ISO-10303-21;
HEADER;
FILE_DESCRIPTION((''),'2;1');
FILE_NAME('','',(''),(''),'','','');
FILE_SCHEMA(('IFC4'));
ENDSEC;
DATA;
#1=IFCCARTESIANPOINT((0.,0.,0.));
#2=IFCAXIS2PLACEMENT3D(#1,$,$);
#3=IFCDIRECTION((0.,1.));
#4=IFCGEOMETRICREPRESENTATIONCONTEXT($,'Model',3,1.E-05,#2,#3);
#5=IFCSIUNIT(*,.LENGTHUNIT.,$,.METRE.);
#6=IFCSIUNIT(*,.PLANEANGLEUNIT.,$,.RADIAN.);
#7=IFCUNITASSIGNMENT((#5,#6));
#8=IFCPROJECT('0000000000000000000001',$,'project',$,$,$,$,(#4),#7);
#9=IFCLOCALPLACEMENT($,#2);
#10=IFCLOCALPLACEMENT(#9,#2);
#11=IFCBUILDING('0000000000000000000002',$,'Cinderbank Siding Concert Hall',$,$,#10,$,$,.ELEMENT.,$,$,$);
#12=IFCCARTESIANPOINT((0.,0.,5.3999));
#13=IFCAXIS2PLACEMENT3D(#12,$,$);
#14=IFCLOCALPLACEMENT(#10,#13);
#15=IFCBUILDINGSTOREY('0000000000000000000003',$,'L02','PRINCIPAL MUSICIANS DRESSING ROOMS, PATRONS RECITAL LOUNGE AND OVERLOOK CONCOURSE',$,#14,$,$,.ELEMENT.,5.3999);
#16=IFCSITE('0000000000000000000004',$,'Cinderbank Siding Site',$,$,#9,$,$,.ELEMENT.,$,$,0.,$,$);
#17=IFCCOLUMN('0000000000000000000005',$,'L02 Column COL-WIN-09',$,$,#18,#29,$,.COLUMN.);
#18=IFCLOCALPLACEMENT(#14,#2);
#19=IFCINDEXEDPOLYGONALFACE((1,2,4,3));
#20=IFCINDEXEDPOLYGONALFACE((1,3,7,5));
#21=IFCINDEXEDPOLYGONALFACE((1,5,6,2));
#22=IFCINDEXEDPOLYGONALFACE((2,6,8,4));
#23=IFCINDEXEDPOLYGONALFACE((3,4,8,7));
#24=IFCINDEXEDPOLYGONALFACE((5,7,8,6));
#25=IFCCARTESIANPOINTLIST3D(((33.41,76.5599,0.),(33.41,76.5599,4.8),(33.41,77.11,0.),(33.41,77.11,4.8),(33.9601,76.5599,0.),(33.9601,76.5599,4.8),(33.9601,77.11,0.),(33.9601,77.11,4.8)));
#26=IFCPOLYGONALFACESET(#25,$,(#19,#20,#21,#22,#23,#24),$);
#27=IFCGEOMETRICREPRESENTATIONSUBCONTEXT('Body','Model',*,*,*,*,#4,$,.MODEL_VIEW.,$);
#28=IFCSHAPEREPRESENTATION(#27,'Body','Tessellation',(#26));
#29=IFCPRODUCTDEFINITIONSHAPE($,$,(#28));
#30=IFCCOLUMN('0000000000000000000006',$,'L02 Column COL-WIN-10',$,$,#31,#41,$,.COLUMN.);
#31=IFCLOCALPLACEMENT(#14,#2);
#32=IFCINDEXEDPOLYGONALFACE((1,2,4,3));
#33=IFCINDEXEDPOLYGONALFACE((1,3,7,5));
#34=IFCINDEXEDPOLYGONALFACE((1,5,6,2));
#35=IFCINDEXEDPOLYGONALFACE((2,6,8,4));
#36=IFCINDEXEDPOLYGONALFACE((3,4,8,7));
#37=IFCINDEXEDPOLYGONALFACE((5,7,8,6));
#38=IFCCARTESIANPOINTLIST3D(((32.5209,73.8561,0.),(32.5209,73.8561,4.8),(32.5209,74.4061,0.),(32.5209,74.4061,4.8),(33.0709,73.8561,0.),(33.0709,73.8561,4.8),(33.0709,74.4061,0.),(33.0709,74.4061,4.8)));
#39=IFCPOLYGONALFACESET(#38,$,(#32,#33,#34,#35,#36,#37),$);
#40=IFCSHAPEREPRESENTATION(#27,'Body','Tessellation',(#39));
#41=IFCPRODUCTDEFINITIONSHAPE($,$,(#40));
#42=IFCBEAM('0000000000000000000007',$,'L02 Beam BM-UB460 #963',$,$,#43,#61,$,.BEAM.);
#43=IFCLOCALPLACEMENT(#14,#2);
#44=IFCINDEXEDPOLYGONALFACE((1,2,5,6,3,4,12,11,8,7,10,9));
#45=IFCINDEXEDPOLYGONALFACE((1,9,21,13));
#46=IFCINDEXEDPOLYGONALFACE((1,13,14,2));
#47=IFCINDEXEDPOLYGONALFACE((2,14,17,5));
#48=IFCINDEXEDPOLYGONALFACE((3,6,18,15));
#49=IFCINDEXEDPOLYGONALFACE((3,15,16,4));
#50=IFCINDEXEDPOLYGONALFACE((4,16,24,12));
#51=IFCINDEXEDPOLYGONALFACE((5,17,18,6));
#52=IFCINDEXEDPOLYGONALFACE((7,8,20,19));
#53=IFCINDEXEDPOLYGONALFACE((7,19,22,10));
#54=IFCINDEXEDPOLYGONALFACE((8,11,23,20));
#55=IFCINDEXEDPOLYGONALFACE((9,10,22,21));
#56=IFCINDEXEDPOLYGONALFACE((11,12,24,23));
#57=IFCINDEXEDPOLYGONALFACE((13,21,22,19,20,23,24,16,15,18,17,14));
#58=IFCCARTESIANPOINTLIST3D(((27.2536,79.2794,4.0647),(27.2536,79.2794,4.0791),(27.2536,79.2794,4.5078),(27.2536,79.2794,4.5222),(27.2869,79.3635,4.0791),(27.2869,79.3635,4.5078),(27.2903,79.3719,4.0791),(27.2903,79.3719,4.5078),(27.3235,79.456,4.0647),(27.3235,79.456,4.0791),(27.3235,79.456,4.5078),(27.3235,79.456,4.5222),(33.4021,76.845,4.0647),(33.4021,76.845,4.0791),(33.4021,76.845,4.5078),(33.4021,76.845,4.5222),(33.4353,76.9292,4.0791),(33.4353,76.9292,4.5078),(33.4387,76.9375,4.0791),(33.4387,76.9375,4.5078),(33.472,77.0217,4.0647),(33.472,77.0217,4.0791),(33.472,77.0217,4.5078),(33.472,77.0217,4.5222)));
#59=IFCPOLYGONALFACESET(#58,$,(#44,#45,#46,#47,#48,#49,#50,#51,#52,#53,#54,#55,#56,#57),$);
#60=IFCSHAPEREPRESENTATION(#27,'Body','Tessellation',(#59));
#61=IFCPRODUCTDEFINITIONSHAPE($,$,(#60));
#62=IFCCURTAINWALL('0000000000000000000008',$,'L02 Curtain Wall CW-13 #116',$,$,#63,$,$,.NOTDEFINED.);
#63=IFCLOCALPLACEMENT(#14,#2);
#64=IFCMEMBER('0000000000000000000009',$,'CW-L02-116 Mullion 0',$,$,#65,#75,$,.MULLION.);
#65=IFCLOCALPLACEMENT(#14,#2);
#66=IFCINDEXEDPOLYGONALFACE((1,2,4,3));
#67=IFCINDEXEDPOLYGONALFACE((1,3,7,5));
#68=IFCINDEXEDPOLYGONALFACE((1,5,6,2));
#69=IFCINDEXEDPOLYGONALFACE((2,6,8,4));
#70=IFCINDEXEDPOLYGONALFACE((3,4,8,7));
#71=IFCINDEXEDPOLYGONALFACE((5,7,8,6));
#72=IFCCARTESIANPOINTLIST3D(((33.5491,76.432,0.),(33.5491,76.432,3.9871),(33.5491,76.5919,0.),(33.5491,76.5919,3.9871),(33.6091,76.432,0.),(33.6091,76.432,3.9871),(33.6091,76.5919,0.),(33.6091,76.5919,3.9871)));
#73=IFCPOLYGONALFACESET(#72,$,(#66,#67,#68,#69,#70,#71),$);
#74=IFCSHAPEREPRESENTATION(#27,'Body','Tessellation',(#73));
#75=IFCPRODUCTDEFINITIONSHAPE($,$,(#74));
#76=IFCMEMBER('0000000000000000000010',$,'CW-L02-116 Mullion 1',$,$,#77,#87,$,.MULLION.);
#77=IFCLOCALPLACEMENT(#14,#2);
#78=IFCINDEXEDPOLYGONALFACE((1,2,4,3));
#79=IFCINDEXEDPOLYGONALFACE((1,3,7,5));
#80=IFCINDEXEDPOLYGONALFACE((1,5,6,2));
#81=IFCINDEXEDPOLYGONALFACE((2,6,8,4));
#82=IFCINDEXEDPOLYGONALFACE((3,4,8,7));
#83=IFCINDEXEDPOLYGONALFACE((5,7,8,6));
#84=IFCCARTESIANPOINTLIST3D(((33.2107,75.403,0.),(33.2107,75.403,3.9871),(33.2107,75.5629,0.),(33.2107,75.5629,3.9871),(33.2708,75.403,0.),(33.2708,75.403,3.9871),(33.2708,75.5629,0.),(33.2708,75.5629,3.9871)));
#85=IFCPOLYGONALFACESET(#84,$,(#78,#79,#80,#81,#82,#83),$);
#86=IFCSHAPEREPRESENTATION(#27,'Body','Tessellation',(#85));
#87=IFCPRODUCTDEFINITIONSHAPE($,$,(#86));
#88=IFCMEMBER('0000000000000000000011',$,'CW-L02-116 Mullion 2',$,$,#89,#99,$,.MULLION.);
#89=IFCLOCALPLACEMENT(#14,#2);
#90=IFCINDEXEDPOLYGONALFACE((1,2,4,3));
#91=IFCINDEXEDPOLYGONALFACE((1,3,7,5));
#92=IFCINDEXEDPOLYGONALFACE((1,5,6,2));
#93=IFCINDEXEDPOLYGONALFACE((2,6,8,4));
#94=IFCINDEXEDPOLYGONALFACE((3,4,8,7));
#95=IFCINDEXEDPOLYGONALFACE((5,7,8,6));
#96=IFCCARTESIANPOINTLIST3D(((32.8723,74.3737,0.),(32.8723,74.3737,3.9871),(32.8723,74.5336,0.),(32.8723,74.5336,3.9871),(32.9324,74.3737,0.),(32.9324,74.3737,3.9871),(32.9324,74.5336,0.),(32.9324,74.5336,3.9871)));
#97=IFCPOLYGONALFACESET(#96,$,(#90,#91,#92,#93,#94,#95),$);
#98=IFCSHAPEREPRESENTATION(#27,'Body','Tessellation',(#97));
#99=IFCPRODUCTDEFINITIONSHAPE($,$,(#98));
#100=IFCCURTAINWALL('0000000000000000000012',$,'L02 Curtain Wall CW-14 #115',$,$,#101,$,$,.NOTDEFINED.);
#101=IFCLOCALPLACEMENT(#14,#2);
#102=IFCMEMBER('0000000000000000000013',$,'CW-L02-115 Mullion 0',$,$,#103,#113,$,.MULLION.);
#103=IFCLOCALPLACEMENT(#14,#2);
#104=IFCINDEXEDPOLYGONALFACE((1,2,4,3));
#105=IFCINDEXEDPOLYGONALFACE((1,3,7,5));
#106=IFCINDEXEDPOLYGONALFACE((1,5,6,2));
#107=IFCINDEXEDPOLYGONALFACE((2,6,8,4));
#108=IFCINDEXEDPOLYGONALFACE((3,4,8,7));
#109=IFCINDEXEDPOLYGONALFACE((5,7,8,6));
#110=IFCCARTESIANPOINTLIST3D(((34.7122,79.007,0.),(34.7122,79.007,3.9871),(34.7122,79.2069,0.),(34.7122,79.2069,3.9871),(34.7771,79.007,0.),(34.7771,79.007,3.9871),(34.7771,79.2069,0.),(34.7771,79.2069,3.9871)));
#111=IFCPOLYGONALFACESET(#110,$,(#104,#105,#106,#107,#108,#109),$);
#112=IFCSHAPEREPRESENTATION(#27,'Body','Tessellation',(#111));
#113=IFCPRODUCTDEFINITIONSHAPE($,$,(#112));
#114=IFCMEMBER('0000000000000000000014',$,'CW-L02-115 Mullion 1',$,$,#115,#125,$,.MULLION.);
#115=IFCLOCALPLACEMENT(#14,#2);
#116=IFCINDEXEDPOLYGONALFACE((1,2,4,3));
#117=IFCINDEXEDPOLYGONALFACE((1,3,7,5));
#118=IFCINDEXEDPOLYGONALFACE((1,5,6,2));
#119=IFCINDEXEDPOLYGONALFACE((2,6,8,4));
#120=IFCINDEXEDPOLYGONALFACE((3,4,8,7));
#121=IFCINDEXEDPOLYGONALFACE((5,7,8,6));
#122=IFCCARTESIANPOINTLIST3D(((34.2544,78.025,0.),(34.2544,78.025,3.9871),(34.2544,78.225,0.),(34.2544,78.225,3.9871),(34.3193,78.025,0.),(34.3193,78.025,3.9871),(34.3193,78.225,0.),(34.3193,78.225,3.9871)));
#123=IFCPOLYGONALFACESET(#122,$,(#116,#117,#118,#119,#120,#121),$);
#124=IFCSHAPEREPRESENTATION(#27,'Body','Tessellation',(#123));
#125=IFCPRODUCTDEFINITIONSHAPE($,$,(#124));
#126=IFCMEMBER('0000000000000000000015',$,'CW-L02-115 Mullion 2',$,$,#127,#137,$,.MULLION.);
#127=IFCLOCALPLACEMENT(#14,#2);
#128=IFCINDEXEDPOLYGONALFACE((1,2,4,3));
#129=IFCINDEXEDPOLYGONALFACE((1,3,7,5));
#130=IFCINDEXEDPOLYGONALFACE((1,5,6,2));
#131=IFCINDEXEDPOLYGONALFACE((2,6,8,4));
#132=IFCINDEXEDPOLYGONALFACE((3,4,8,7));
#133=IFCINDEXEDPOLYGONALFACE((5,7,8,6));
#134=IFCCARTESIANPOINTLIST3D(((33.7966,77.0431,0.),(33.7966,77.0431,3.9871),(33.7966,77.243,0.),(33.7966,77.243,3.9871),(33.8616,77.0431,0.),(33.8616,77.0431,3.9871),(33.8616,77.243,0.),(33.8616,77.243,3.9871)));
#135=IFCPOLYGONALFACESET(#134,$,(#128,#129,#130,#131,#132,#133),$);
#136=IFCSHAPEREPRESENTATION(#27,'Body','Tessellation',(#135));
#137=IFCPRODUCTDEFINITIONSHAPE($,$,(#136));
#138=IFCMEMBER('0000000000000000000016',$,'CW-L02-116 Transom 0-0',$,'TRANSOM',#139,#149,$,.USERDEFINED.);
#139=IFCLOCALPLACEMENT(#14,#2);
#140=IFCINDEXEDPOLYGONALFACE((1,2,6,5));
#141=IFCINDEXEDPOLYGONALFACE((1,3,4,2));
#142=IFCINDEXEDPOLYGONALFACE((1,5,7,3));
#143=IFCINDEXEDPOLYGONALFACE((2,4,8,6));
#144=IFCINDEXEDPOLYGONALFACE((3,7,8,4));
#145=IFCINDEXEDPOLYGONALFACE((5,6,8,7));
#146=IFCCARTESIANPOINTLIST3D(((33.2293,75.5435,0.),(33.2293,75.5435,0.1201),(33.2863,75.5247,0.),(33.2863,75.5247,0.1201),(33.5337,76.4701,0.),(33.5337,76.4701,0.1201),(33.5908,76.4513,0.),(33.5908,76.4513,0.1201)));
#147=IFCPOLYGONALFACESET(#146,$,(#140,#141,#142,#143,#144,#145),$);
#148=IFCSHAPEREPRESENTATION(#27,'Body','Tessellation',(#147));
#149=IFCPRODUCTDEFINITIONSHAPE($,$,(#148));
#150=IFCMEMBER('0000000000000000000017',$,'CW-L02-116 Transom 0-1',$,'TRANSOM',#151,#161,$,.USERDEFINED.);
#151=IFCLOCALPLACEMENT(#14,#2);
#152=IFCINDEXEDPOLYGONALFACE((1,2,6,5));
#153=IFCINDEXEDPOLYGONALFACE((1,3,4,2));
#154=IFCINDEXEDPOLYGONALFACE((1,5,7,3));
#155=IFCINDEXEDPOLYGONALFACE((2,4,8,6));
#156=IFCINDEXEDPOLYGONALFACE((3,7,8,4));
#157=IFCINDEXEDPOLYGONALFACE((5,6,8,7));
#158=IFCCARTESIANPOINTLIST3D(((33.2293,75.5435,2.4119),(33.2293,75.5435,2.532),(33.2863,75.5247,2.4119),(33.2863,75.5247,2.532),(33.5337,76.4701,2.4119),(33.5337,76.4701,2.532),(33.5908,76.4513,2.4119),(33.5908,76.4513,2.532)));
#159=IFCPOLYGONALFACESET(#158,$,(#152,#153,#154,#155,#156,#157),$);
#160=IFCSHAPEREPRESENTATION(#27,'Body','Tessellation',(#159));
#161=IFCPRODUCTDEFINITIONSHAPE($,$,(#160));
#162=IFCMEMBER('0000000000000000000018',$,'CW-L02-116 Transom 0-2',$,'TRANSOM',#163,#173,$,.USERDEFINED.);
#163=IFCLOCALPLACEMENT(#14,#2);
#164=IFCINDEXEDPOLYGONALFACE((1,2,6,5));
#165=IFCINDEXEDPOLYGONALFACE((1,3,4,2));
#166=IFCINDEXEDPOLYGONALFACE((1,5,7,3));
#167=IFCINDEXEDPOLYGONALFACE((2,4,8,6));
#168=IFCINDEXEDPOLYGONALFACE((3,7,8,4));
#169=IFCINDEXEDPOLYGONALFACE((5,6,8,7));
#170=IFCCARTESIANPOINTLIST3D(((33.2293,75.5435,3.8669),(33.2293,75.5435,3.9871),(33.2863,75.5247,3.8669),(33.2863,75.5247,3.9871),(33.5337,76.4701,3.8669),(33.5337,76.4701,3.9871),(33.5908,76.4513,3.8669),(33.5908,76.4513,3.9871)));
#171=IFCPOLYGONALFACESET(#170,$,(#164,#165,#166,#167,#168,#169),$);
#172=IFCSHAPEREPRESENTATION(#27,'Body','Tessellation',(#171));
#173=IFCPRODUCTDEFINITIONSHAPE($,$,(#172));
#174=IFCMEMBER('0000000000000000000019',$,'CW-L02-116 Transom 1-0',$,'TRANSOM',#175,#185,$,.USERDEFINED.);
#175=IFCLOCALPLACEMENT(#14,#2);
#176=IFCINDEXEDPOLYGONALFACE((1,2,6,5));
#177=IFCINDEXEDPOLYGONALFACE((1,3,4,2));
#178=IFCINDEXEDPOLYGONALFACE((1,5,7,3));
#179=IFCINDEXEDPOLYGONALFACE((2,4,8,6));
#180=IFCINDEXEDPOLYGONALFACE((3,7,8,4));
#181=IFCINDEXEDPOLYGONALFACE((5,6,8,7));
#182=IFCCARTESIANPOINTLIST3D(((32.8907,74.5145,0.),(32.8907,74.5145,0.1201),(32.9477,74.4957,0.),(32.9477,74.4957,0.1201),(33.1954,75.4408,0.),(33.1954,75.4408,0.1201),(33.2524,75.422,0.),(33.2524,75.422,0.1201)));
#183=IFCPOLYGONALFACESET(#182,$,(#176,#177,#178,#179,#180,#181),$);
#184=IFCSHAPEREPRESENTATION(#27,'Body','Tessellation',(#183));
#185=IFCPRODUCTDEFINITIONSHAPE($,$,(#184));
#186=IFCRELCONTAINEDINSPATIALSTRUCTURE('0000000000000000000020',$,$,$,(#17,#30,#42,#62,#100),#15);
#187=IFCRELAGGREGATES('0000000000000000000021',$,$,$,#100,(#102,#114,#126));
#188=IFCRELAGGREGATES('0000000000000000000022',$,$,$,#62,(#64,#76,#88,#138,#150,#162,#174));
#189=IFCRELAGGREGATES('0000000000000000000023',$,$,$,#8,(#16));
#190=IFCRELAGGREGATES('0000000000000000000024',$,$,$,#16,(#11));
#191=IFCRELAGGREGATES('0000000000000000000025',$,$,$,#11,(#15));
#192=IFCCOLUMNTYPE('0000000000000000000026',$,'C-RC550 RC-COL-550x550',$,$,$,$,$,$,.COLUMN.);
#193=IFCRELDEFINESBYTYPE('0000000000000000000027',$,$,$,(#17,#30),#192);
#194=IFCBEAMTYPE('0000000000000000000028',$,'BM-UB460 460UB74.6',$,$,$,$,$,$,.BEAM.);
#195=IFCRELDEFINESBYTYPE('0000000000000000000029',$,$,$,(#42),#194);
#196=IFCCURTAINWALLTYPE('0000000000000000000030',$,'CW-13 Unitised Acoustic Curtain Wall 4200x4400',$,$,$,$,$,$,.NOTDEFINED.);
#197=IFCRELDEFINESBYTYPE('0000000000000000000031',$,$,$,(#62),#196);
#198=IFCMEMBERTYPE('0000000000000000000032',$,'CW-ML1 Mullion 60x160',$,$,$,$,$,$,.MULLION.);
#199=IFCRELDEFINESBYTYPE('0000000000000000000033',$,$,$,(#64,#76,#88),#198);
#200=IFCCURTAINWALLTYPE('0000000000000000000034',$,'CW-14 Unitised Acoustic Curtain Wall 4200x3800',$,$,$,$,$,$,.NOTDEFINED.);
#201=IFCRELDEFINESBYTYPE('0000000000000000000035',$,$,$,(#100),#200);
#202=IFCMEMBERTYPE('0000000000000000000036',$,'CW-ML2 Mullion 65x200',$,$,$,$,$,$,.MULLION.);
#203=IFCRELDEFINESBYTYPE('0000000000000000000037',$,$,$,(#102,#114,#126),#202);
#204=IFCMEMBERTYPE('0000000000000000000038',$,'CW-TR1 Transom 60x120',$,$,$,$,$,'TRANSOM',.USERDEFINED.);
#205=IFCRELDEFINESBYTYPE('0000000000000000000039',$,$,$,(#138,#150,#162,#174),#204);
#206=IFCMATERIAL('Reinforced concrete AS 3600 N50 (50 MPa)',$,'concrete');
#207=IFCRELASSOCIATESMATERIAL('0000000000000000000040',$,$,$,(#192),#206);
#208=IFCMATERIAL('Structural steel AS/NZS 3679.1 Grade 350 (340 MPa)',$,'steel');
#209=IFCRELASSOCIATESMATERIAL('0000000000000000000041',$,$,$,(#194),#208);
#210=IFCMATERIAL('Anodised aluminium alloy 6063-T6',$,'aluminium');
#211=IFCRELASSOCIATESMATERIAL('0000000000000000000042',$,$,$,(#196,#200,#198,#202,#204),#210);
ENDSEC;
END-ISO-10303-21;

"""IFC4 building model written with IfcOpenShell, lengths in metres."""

from ifc_helpers import new_model, si_unit, direction, frame, origin, origin_2d, place, context, subcontext, project, spatial, rectangle, i_section, extrude, material, material_profile, profile_set, type_object, element, aggregate, save


model = new_model("IFC4")

# Units and contexts
model_context = context("Model", 3, precision=1e-05, world=origin(), true_north=direction((0.0, 1.0)))
body_context = subcontext(model_context, "Body", "Model", "MODEL_VIEW")
ifc_project = project(units=[si_unit("LENGTHUNIT", "METRE"), si_unit("PLANEANGLEUNIT", "RADIAN")], contexts=[model_context])

# Site, building, storey
site_placement = place(None, origin())
site = spatial("IfcSite", under=ifc_project, at=site_placement, Name="Cinderbank Siding Site", CompositionType="ELEMENT", RefElevation=0.0)
building_placement = place(site_placement, origin())
building = spatial("IfcBuilding", under=site, at=building_placement, Name="Cinderbank Siding Concert Hall", CompositionType="ELEMENT")
storey_placement = place(building_placement, frame((0.0, 0.0, 5.3999)))
storey = spatial("IfcBuildingStorey", under=building, at=storey_placement, Name="L02", Description="PRINCIPAL MUSICIANS DRESSING ROOMS, PATRONS RECITAL LOUNGE AND OVERLOOK CONCOURSE", CompositionType="ELEMENT", Elevation=5.3999)

# Columns
ifc_material_1 = material(Name="Reinforced concrete AS 3600 N50 (50 MPa)", Category="concrete")
ifc_material_profile_1 = material_profile(ifc_material_1, rectangle(XDim=0.55, YDim=0.55, at=origin_2d()), Name="RC-COL-550x550", Category="LoadBearing")
ifc_profile_set_1 = profile_set([ifc_material_profile_1], Name="Reinforced concrete AS 3600 N50 (50 MPa)")
column_type = type_object("IfcColumnType", Name="C-RC550 RC-COL-550x550", PredefinedType="COLUMN", material=ifc_profile_set_1)
for number, where, z_axis, x_axis, name in (
    (1, (33.6851, 76.835, 0.0), (0.0, 0.0, 1.0), (1.0, 0.0, 0.0), "L02 Column COL-WIN-09"),
    (2, (32.7959, 74.1311, 0.0), (0.0, 0.0, 1.0), (1.0, 0.0, 0.0), "L02 Column COL-WIN-10"),
):
    element("IfcColumn", number, at=place(storey_placement, frame(where, z_axis=z_axis, x_axis=x_axis)), inside=storey, type_object=column_type, Name=name, PredefinedType="COLUMN", context=body_context, shape_type="SweptSolid", body=[
        extrude(rectangle(XDim=0.55, YDim=0.55, at=origin_2d()), origin(), (0.0, 0.0, 1.0), 4.8),
    ])

# Beam
ifc_material_2 = material(Name="Structural steel AS/NZS 3679.1 Grade 350 (340 MPa)", Category="steel")
ifc_material_profile_2 = material_profile(ifc_material_2, i_section(OverallWidth=0.1899, OverallDepth=0.4575, WebThickness=0.009, FlangeThickness=0.0144, at=origin_2d()), Name="460UB74.6", Category="LoadBearing")
ifc_profile_set_2 = profile_set([ifc_material_profile_2], Name="Structural steel AS/NZS 3679.1 Grade 350 (340 MPa)")
beam_type_1 = type_object("IfcBeamType", Name="BM-UB460 460UB74.6", PredefinedType="BEAM", material=ifc_profile_set_2)
beam_1_placement = place(storey_placement, frame((33.437, 76.9333, 4.2935), z_axis=(-0.929777, 0.368123, 0.0), x_axis=(-0.368123, -0.929777, 0.0)))
element("IfcBeam", 3, at=beam_1_placement, inside=storey, type_object=beam_type_1, Name="L02 Beam BM-UB460 #963", PredefinedType="BEAM", context=body_context, shape_type="SweptSolid", body=[
    extrude(i_section(OverallWidth=0.1899, OverallDepth=0.4575, WebThickness=0.009, FlangeThickness=0.0144, at=origin_2d()), origin(), (0.0, 0.0, 1.0), 6.6128),
])

# Curtain walls, members
ifc_material_3 = material(Name="Anodised aluminium alloy 6063-T6", Category="aluminium")
curtain_wall_type_1 = type_object("IfcCurtainWallType", Name="CW-13 Unitised Acoustic Curtain Wall 4200x4400", PredefinedType="NOTDEFINED", material=ifc_material_3)
curtain_wall_1_placement = place(storey_placement, origin())
curtain_wall_1 = element("IfcCurtainWall", 4, at=curtain_wall_1_placement, inside=storey, type_object=curtain_wall_type_1, Name="L02 Curtain Wall CW-13 #116", PredefinedType="NOTDEFINED")
ifc_material_profile_3 = material_profile(ifc_material_3, rectangle(XDim=0.0601, YDim=0.1599, at=origin_2d()), Name="ALU-MULL-60x160", Category="LoadBearing")
ifc_profile_set_3 = profile_set([ifc_material_profile_3], Name="Anodised aluminium alloy 6063-T6")
member_type_1 = type_object("IfcMemberType", Name="CW-ML1 Mullion 60x160", PredefinedType="MULLION", material=ifc_profile_set_3)
member_1_placement = place(storey_placement, frame((33.5791, 76.512, 0.0), z_axis=(0.0, 0.0, 1.0), x_axis=(1.0, 0.0, 0.0)))
member_1 = element("IfcMember", 5, at=member_1_placement, type_object=member_type_1, Name="CW-L02-116 Mullion 0", PredefinedType="MULLION", context=body_context, shape_type="SweptSolid", body=[
    extrude(rectangle(XDim=0.0601, YDim=0.1599, at=origin_2d()), origin(), (0.0, 0.0, 1.0), 3.9871),
])
member_2_placement = place(storey_placement, frame((33.2407, 75.4829, 0.0), z_axis=(0.0, 0.0, 1.0), x_axis=(1.0, 0.0, 0.0)))
member_2 = element("IfcMember", 6, at=member_2_placement, type_object=member_type_1, Name="CW-L02-116 Mullion 1", PredefinedType="MULLION", context=body_context, shape_type="SweptSolid", body=[
    extrude(rectangle(XDim=0.0601, YDim=0.1599, at=origin_2d()), origin(), (0.0, 0.0, 1.0), 3.9871),
])
member_3_placement = place(storey_placement, frame((32.9023, 74.4536, 0.0), z_axis=(0.0, 0.0, 1.0), x_axis=(1.0, 0.0, 0.0)))
member_3 = element("IfcMember", 7, at=member_3_placement, type_object=member_type_1, Name="CW-L02-116 Mullion 2", PredefinedType="MULLION", context=body_context, shape_type="SweptSolid", body=[
    extrude(rectangle(XDim=0.0601, YDim=0.1599, at=origin_2d()), origin(), (0.0, 0.0, 1.0), 3.9871),
])
curtain_wall_type_2 = type_object("IfcCurtainWallType", Name="CW-14 Unitised Acoustic Curtain Wall 4200x3800", PredefinedType="NOTDEFINED", material=ifc_material_3)
curtain_wall_2_placement = place(storey_placement, origin())
curtain_wall_2 = element("IfcCurtainWall", 8, at=curtain_wall_2_placement, inside=storey, type_object=curtain_wall_type_2, Name="L02 Curtain Wall CW-14 #115", PredefinedType="NOTDEFINED")
ifc_material_profile_4 = material_profile(ifc_material_3, rectangle(XDim=0.0649, YDim=0.2, at=origin_2d()), Name="ALU-MULL-65x200", Category="LoadBearing")
ifc_profile_set_4 = profile_set([ifc_material_profile_4], Name="Anodised aluminium alloy 6063-T6")
member_type_2 = type_object("IfcMemberType", Name="CW-ML2 Mullion 65x200", PredefinedType="MULLION", material=ifc_profile_set_4)
member_4_placement = place(storey_placement, frame((34.7446, 79.1069, 0.0), z_axis=(0.0, 0.0, 1.0), x_axis=(1.0, 0.0, 0.0)))
member_4 = element("IfcMember", 9, at=member_4_placement, type_object=member_type_2, Name="CW-L02-115 Mullion 0", PredefinedType="MULLION", context=body_context, shape_type="SweptSolid", body=[
    extrude(rectangle(XDim=0.0649, YDim=0.2, at=origin_2d()), origin(), (0.0, 0.0, 1.0), 3.9871),
])
member_5_placement = place(storey_placement, frame((34.2869, 78.125, 0.0), z_axis=(0.0, 0.0, 1.0), x_axis=(1.0, 0.0, 0.0)))
member_5 = element("IfcMember", 10, at=member_5_placement, type_object=member_type_2, Name="CW-L02-115 Mullion 1", PredefinedType="MULLION", context=body_context, shape_type="SweptSolid", body=[
    extrude(rectangle(XDim=0.0649, YDim=0.2, at=origin_2d()), origin(), (0.0, 0.0, 1.0), 3.9871),
])
member_6_placement = place(storey_placement, frame((33.8291, 77.1431, 0.0), z_axis=(0.0, 0.0, 1.0), x_axis=(1.0, 0.0, 0.0)))
member_6 = element("IfcMember", 11, at=member_6_placement, type_object=member_type_2, Name="CW-L02-115 Mullion 2", PredefinedType="MULLION", context=body_context, shape_type="SweptSolid", body=[
    extrude(rectangle(XDim=0.0649, YDim=0.2, at=origin_2d()), origin(), (0.0, 0.0, 1.0), 3.9871),
])

# Members
ifc_material_profile_5 = material_profile(ifc_material_3, rectangle(XDim=0.0601, YDim=0.1201, at=origin_2d()), Name="ALU-TRAN-60x120", Category="LoadBearing")
ifc_profile_set_5 = profile_set([ifc_material_profile_5], Name="Anodised aluminium alloy 6063-T6")
member_type_3 = type_object("IfcMemberType", Name="CW-TR1 Transom 60x120", ElementType="TRANSOM", PredefinedType="USERDEFINED", material=ifc_profile_set_5)
member_7_placement = place(storey_placement, frame((33.5623, 76.4607, 0.0601), z_axis=(-0.312169, -0.950026, 0.0), x_axis=(0.950026, -0.312169, 0.0)))
member_7 = element("IfcMember", 12, at=member_7_placement, type_object=member_type_3, Name="CW-L02-116 Transom 0-0", ObjectType="TRANSOM", PredefinedType="USERDEFINED", context=body_context, shape_type="SweptSolid", body=[
    extrude(rectangle(XDim=0.0601, YDim=0.1201, at=origin_2d()), origin(), (0.0, 0.0, 1.0), 0.9753),
])
member_8_placement = place(storey_placement, frame((33.5623, 76.4607, 2.4719), z_axis=(-0.312169, -0.950026, 0.0), x_axis=(0.950026, -0.312169, 0.0)))
member_8 = element("IfcMember", 13, at=member_8_placement, type_object=member_type_3, Name="CW-L02-116 Transom 0-1", ObjectType="TRANSOM", PredefinedType="USERDEFINED", context=body_context, shape_type="SweptSolid", body=[
    extrude(rectangle(XDim=0.0601, YDim=0.1201, at=origin_2d()), origin(), (0.0, 0.0, 1.0), 0.9753),
])
member_9_placement = place(storey_placement, frame((33.5623, 76.4607, 3.927), z_axis=(-0.312169, -0.950026, 0.0), x_axis=(0.950026, -0.312169, 0.0)))
member_9 = element("IfcMember", 14, at=member_9_placement, type_object=member_type_3, Name="CW-L02-116 Transom 0-2", ObjectType="TRANSOM", PredefinedType="USERDEFINED", context=body_context, shape_type="SweptSolid", body=[
    extrude(rectangle(XDim=0.0601, YDim=0.1201, at=origin_2d()), origin(), (0.0, 0.0, 1.0), 0.9753),
])
member_10_placement = place(storey_placement, frame((33.2239, 75.4314, 0.0601), z_axis=(-0.31247, -0.949928, 0.0), x_axis=(0.949928, -0.31247, 0.0)))
member_10 = element("IfcMember", 15, at=member_10_placement, type_object=member_type_3, Name="CW-L02-116 Transom 1-0", ObjectType="TRANSOM", PredefinedType="USERDEFINED", context=body_context, shape_type="SweptSolid", body=[
    extrude(rectangle(XDim=0.0601, YDim=0.1201, at=origin_2d()), origin(), (0.0, 0.0, 1.0), 0.9751),
])

aggregate(curtain_wall_2, [member_4, member_5, member_6])
aggregate(curtain_wall_1, [member_1, member_2, member_3, member_7, member_8, member_9, member_10])

save(model, "model.ifc")
